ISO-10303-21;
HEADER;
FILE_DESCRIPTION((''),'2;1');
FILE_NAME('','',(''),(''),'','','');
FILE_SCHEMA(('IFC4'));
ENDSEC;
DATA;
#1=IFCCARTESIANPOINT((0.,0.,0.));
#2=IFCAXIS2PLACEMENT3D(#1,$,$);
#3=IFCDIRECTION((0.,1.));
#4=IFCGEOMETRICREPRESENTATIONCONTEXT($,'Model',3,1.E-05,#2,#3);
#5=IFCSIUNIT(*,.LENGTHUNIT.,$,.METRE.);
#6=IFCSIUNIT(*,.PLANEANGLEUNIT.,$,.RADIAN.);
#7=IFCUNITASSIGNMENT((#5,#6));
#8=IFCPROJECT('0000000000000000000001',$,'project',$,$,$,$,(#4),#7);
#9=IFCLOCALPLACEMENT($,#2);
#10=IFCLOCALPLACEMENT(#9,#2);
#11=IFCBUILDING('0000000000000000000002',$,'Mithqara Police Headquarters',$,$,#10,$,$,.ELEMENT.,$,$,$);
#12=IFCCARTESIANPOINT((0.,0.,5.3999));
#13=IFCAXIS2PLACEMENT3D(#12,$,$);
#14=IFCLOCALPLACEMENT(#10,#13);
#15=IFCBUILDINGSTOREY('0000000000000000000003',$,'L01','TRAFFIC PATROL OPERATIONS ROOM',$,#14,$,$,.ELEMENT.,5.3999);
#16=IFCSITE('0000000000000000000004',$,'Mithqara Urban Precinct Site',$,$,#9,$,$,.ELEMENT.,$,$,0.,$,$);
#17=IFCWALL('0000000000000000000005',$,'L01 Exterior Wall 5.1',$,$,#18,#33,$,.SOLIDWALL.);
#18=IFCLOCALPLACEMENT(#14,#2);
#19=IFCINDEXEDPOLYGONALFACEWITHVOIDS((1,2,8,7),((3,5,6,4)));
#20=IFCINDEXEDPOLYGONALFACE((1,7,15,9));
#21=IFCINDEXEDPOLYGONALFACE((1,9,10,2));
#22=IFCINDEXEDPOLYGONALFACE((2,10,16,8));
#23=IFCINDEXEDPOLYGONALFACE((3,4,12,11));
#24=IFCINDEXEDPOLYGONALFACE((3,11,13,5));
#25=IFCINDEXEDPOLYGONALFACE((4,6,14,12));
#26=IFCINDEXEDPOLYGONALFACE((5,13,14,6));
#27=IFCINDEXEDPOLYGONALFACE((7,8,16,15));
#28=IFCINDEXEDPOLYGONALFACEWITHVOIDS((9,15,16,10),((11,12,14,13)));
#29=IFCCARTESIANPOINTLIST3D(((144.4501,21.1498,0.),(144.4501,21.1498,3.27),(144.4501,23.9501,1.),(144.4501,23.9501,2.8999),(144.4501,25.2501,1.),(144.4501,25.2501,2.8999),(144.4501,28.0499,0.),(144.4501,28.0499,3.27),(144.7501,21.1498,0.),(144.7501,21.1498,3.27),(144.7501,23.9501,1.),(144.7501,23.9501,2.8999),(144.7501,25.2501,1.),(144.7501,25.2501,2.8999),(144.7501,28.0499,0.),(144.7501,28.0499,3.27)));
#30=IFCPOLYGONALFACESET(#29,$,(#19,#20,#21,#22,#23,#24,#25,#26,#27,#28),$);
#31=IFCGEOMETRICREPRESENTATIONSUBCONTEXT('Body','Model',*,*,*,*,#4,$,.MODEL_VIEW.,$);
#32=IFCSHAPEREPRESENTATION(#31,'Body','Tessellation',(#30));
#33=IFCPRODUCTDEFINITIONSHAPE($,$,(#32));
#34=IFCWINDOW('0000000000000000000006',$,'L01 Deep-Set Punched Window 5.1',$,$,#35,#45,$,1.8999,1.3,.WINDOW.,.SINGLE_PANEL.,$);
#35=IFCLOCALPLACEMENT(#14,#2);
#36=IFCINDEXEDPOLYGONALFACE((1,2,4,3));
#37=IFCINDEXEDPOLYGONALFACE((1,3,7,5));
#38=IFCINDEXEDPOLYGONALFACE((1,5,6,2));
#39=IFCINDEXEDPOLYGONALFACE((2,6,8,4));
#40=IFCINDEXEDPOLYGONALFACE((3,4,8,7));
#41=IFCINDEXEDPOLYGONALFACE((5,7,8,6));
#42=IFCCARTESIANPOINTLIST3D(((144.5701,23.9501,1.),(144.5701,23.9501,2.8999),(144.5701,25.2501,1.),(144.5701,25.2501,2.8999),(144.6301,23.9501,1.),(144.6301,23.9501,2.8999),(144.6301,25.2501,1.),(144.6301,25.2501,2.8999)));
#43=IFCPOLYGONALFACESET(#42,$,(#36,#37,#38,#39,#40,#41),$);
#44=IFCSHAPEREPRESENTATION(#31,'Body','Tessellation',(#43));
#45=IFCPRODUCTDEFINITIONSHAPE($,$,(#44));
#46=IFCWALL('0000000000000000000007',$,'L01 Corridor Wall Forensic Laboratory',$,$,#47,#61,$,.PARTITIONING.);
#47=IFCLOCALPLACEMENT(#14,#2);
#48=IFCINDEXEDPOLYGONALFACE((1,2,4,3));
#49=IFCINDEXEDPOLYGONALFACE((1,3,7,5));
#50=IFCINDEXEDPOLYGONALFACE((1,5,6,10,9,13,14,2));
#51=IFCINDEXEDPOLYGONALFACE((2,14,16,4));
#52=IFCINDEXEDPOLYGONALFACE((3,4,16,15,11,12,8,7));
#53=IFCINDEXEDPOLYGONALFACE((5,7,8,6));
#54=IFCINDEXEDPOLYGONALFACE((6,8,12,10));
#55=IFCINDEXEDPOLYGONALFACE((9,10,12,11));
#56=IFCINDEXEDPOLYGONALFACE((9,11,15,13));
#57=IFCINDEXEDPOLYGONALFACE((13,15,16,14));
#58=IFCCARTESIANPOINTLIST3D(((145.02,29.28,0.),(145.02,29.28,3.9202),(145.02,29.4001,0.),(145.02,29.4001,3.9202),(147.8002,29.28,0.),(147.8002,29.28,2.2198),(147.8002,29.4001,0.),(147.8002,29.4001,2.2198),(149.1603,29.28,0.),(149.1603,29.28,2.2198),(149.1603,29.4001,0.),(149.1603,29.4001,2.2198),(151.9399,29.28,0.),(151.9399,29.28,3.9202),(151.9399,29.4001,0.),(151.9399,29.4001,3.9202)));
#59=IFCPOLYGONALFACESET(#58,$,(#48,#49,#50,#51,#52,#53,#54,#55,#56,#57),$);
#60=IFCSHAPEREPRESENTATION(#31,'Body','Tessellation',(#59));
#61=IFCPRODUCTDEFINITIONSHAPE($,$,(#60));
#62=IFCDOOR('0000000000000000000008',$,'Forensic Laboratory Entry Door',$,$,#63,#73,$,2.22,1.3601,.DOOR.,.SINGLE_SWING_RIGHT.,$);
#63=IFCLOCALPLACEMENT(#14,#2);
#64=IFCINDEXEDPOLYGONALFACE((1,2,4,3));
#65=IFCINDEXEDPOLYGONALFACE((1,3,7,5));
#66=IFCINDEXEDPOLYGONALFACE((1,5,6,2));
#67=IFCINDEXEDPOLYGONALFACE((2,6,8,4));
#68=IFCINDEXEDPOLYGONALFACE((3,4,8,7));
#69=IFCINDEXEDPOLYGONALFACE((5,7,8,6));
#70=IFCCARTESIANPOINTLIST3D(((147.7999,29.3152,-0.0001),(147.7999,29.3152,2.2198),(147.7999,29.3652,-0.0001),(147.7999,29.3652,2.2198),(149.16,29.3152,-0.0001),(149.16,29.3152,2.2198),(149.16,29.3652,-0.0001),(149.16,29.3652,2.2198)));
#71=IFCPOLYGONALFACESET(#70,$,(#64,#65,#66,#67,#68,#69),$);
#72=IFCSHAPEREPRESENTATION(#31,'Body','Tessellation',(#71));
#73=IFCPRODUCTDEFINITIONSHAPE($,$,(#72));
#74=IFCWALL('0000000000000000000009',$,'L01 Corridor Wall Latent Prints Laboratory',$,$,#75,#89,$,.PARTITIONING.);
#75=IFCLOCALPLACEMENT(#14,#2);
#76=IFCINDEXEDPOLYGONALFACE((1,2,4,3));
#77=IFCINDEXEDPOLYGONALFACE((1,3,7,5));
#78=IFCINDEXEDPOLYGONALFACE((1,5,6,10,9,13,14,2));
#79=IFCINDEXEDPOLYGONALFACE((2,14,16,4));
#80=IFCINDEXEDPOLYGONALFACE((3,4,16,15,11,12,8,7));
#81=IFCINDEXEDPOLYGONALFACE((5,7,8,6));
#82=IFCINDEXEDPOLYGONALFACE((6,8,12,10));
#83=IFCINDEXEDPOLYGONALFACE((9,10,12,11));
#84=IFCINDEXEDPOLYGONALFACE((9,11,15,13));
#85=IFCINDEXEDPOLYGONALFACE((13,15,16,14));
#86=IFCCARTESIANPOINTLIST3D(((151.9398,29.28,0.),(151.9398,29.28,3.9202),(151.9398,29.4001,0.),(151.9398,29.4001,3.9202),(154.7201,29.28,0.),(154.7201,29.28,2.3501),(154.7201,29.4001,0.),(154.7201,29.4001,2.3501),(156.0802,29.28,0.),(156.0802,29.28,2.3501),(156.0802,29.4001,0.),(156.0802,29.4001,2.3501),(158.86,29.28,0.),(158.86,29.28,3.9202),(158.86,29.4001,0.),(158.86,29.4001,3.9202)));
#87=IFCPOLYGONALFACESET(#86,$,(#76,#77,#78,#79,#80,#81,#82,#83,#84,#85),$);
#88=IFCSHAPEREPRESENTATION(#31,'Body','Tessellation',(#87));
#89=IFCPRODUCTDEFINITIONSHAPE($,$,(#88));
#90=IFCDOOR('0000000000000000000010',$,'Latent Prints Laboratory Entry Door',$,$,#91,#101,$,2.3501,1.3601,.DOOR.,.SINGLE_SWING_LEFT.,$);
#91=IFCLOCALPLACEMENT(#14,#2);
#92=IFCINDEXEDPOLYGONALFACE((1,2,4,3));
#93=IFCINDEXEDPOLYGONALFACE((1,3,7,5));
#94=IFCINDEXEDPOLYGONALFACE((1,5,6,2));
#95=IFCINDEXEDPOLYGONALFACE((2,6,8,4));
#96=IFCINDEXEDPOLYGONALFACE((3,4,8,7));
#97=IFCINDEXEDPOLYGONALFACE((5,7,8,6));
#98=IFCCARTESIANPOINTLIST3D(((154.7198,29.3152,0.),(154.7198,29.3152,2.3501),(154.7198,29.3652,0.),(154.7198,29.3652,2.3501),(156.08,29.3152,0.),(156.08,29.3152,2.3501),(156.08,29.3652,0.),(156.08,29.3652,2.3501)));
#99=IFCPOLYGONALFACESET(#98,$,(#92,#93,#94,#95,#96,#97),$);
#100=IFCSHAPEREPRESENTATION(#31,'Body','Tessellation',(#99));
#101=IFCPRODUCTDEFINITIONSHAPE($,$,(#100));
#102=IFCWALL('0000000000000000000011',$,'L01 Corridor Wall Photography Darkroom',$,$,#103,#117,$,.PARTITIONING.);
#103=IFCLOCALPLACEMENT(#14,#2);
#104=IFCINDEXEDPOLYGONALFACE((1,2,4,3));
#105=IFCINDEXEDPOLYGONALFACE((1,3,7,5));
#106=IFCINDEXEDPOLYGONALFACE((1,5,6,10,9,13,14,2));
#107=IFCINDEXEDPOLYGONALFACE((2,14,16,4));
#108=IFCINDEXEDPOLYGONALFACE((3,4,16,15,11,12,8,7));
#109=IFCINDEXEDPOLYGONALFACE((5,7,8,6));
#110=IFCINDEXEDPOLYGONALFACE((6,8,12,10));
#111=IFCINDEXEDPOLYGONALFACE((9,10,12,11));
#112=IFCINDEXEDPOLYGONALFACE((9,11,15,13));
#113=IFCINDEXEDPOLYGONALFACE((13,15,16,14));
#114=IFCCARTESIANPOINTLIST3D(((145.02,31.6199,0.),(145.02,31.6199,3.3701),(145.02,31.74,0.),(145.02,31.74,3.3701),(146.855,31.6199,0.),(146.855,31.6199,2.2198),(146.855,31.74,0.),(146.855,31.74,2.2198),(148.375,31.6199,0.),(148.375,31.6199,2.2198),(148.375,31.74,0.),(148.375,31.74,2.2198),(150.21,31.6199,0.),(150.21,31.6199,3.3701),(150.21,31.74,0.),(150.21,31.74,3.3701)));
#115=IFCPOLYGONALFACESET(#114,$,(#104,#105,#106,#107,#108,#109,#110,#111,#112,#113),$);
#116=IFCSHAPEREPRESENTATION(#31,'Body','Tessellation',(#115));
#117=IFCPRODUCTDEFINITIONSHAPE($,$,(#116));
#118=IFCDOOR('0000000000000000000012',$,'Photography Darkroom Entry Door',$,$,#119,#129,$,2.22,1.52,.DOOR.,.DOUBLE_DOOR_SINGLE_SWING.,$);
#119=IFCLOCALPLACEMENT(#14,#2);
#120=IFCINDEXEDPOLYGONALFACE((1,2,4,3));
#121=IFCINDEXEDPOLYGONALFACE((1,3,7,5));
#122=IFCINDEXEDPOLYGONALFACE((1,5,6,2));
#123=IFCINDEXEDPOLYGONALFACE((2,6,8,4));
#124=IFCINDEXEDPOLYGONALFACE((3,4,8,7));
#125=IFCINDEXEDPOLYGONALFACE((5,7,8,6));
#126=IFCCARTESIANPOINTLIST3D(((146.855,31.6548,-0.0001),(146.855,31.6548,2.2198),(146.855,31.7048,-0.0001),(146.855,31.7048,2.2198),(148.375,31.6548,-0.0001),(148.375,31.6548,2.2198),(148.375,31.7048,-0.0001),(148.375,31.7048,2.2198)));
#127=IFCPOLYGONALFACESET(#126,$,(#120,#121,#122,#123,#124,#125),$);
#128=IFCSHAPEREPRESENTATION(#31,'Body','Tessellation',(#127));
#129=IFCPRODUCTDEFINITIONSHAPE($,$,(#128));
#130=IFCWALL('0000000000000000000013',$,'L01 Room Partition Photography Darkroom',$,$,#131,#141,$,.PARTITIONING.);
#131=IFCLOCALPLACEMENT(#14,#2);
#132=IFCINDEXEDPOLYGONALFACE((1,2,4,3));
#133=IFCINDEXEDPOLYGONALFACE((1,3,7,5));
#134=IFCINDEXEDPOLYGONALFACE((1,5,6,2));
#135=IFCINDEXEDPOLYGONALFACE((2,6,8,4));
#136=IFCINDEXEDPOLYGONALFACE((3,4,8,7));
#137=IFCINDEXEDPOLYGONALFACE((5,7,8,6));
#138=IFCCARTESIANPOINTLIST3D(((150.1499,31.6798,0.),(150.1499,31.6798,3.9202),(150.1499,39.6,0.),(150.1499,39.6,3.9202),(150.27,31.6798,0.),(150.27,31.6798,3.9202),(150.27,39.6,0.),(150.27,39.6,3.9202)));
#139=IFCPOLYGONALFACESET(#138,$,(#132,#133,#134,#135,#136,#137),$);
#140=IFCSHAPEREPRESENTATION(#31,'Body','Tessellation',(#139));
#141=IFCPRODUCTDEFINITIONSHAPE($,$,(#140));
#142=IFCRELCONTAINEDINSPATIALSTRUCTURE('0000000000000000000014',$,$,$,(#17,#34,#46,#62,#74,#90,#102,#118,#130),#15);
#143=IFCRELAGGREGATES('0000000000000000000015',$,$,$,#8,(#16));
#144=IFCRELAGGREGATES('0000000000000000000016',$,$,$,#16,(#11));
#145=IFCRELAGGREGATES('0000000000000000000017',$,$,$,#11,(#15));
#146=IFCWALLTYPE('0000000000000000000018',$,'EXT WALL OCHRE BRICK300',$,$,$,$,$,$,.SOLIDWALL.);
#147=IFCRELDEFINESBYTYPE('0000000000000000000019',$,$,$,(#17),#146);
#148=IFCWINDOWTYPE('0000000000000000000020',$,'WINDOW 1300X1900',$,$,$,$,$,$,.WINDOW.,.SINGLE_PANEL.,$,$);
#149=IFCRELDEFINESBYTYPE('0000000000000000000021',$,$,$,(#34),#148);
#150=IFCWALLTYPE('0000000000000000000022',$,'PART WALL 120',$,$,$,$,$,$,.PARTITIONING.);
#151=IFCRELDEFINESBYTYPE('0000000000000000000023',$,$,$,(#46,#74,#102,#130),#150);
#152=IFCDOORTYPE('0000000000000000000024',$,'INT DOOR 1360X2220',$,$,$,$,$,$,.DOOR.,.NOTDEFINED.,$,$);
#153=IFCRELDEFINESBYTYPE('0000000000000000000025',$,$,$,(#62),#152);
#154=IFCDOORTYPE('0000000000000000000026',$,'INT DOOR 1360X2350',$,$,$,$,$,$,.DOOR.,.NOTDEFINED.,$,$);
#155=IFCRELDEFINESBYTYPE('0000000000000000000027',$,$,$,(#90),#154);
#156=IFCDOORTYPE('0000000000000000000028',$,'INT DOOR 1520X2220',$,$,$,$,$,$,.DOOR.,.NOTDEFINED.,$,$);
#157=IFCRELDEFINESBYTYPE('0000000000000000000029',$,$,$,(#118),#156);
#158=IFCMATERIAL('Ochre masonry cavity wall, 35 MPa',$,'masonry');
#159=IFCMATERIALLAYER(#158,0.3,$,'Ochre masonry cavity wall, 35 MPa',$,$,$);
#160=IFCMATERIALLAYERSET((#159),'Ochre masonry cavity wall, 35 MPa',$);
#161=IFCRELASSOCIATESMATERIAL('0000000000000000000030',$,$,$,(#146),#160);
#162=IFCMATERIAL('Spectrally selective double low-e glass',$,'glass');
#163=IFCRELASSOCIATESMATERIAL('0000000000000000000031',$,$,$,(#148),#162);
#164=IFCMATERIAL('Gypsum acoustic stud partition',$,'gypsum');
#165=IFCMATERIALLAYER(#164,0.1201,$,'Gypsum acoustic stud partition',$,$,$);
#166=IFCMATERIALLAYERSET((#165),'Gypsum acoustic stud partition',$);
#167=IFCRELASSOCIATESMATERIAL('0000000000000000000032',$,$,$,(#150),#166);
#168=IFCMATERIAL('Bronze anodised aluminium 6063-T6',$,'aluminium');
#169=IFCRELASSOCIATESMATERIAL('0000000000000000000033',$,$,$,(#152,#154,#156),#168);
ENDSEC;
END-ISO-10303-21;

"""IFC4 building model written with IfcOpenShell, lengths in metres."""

from ifc_helpers import new_model, si_unit, direction, frame, frame_2d, origin, place, context, subcontext, project, spatial, rectangle, extrude, material, layer, layer_set, type_object, element, fill, save


model = new_model("IFC4")

# Units and contexts
model_context = context("Model", 3, precision=1e-05, world=origin(), true_north=direction((0.0, 1.0)))
body_context = subcontext(model_context, "Body", "Model", "MODEL_VIEW")
ifc_project = project(units=[si_unit("LENGTHUNIT", "METRE"), si_unit("PLANEANGLEUNIT", "RADIAN")], contexts=[model_context])

# Site, building, storey
site_placement = place(None, origin())
site = spatial("IfcSite", under=ifc_project, at=site_placement, Name="Mithqara Urban Precinct Site", CompositionType="ELEMENT", RefElevation=0.0)
building_placement = place(site_placement, origin())
building = spatial("IfcBuilding", under=site, at=building_placement, Name="Mithqara Police Headquarters", CompositionType="ELEMENT")
storey_placement = place(building_placement, frame((0.0, 0.0, 5.3999)))
storey = spatial("IfcBuildingStorey", under=building, at=storey_placement, Name="L01", Description="TRAFFIC PATROL OPERATIONS ROOM", CompositionType="ELEMENT", Elevation=5.3999)

# Wall, opening, window
ifc_material_1 = material(Name="Ochre masonry cavity wall, 35 MPa", Category="masonry")
ifc_layer_1 = layer(ifc_material_1, 0.3, Name="Ochre masonry cavity wall, 35 MPa")
ifc_layer_set_1 = layer_set([ifc_layer_1], Name="Ochre masonry cavity wall, 35 MPa")
wall_type_1 = type_object("IfcWallType", Name="EXT WALL OCHRE BRICK300", PredefinedType="SOLIDWALL", material=ifc_layer_set_1)
wall_1_placement = place(storey_placement, frame((144.6001, 28.05, 0.0), z_axis=(0.0, 0.0, 1.0), x_axis=(0.0, -1.0, 0.0)))
wall_1 = element("IfcWall", 1, at=wall_1_placement, inside=storey, type_object=wall_type_1, Name="L01 Exterior Wall 5.1", PredefinedType="SOLIDWALL", context=body_context, shape_type="SweptSolid", body=[
    extrude(rectangle(XDim=6.9001, YDim=0.3, at=frame_2d((3.4502, 0.0))), origin(), (0.0, 0.0, 1.0), 3.27),
])
opening_1_placement = place(wall_1_placement, frame((2.8, 0.0, 1.0)))
opening_1 = element("IfcOpeningElement", 2, at=opening_1_placement, cuts=wall_1, PredefinedType="OPENING", context=body_context, shape_type="SweptSolid", body=[
    extrude(rectangle(XDim=1.3, YDim=1.8999, at=frame_2d((0.6499, 0.95))), frame((0.0, 0.1602, 0.0), z_axis=(0.0, -1.0, 0.0), x_axis=(1.0, 0.0, 0.0)), (0.0, 0.0, 1.0), 0.3201),
])
ifc_material_2 = material(Name="Spectrally selective double low-e glass", Category="glass")
window_type = type_object("IfcWindowType", Name="WINDOW 1300X1900", PartitioningType="SINGLE_PANEL", PredefinedType="WINDOW", material=ifc_material_2)
window_placement = place(opening_1_placement, origin())
window = element("IfcWindow", 3, at=window_placement, inside=storey, type_object=window_type, Name="L01 Deep-Set Punched Window 5.1", OverallHeight=1.8999, OverallWidth=1.3, PartitioningType="SINGLE_PANEL", PredefinedType="WINDOW", context=body_context, shape_type="SweptSolid", body=[
    extrude(rectangle(XDim=1.3, YDim=1.8999, at=frame_2d((0.6499, 0.95))), frame((0.0, 0.03, 0.0), z_axis=(0.0, -1.0, 0.0), x_axis=(1.0, 0.0, 0.0)), (0.0, 0.0, 1.0), 0.0601),
])
fill(opening_1, window)

# Walls, openings, doors
ifc_material_3 = material(Name="Gypsum acoustic stud partition", Category="gypsum")
ifc_layer_2 = layer(ifc_material_3, 0.1201, Name="Gypsum acoustic stud partition")
ifc_layer_set_2 = layer_set([ifc_layer_2], Name="Gypsum acoustic stud partition")
wall_type_2 = type_object("IfcWallType", Name="PART WALL 120", PredefinedType="PARTITIONING", material=ifc_layer_set_2)
wall_2_placement = place(storey_placement, frame((145.02, 29.3401, 0.0), z_axis=(0.0, 0.0, 1.0), x_axis=(1.0, 0.0, 0.0)))
wall_2 = element("IfcWall", 4, at=wall_2_placement, inside=storey, type_object=wall_type_2, Name="L01 Corridor Wall Forensic Laboratory", PredefinedType="PARTITIONING", context=body_context, shape_type="SweptSolid", body=[
    extrude(rectangle(XDim=6.9199, YDim=0.1201, at=frame_2d((3.46, 0.0))), origin(), (0.0, 0.0, 1.0), 3.9202),
])
opening_2_placement = place(wall_2_placement, frame((2.78, 0.0, 0.0)))
opening_2 = element("IfcOpeningElement", 5, at=opening_2_placement, cuts=wall_2, PredefinedType="OPENING", context=body_context, shape_type="SweptSolid", body=[
    extrude(rectangle(XDim=1.3601, YDim=2.22, at=frame_2d((0.6802, 1.1099))), frame((0.0, 0.0701, 0.0), z_axis=(0.0, -1.0, 0.0), x_axis=(1.0, 0.0, 0.0)), (0.0, 0.0, 1.0), 0.1401),
])
ifc_material_4 = material(Name="Bronze anodised aluminium 6063-T6", Category="aluminium")
door_type_1 = type_object("IfcDoorType", Name="INT DOOR 1360X2220", OperationType="NOTDEFINED", PredefinedType="DOOR", material=ifc_material_4)
door_1_placement = place(opening_2_placement, frame((1.3601, 0.0, 0.0), z_axis=(0.0, 0.0, 1.0), x_axis=(-1.0, 0.0, 0.0)))
door_1 = element("IfcDoor", 6, at=door_1_placement, inside=storey, type_object=door_type_1, Name="Forensic Laboratory Entry Door", OperationType="SINGLE_SWING_RIGHT", OverallHeight=2.22, OverallWidth=1.3601, PredefinedType="DOOR", context=body_context, shape_type="SweptSolid", body=[
    extrude(rectangle(XDim=1.3601, YDim=2.22, at=frame_2d((0.6802, 1.1099))), frame((0.0, 0.0249, 0.0), z_axis=(0.0, -1.0, 0.0), x_axis=(1.0, 0.0, 0.0)), (0.0, 0.0, 1.0), 0.05),
])
fill(opening_2, door_1)
wall_3_placement = place(storey_placement, frame((151.9399, 29.3401, 0.0), z_axis=(0.0, 0.0, 1.0), x_axis=(1.0, 0.0, 0.0)))
wall_3 = element("IfcWall", 7, at=wall_3_placement, inside=storey, type_object=wall_type_2, Name="L01 Corridor Wall Latent Prints Laboratory", PredefinedType="PARTITIONING", context=body_context, shape_type="SweptSolid", body=[
    extrude(rectangle(XDim=6.9202, YDim=0.1201, at=frame_2d((3.46, 0.0))), origin(), (0.0, 0.0, 1.0), 3.9202),
])
opening_3_placement = place(wall_3_placement, frame((2.78, 0.0, 0.0)))
opening_3 = element("IfcOpeningElement", 8, at=opening_3_placement, cuts=wall_3, PredefinedType="OPENING", context=body_context, shape_type="SweptSolid", body=[
    extrude(rectangle(XDim=1.3601, YDim=2.3501, at=frame_2d((0.6802, 1.175))), frame((0.0, 0.0701, 0.0), z_axis=(0.0, -1.0, 0.0), x_axis=(1.0, 0.0, 0.0)), (0.0, 0.0, 1.0), 0.1401),
])
door_type_2 = type_object("IfcDoorType", Name="INT DOOR 1360X2350", OperationType="NOTDEFINED", PredefinedType="DOOR", material=ifc_material_4)
door_2_placement = place(opening_3_placement, frame((1.3601, 0.0, 0.0), z_axis=(0.0, 0.0, 1.0), x_axis=(-1.0, 0.0, 0.0)))
door_2 = element("IfcDoor", 9, at=door_2_placement, inside=storey, type_object=door_type_2, Name="Latent Prints Laboratory Entry Door", OperationType="SINGLE_SWING_LEFT", OverallHeight=2.3501, OverallWidth=1.3601, PredefinedType="DOOR", context=body_context, shape_type="SweptSolid", body=[
    extrude(rectangle(XDim=1.3601, YDim=2.3501, at=frame_2d((0.6802, 1.175))), frame((0.0, 0.0249, 0.0), z_axis=(0.0, -1.0, 0.0), x_axis=(1.0, 0.0, 0.0)), (0.0, 0.0, 1.0), 0.05),
])
fill(opening_3, door_2)
wall_4_placement = place(storey_placement, frame((145.02, 31.6799, 0.0), z_axis=(0.0, 0.0, 1.0), x_axis=(1.0, 0.0, 0.0)))
wall_4 = element("IfcWall", 10, at=wall_4_placement, inside=storey, type_object=wall_type_2, Name="L01 Corridor Wall Photography Darkroom", PredefinedType="PARTITIONING", context=body_context, shape_type="SweptSolid", body=[
    extrude(rectangle(XDim=5.1899, YDim=0.1201, at=frame_2d((2.595, 0.0))), origin(), (0.0, 0.0, 1.0), 3.3701),
])
opening_4_placement = place(wall_4_placement, frame((1.835, 0.0, 0.0)))
opening_4 = element("IfcOpeningElement", 11, at=opening_4_placement, cuts=wall_4, PredefinedType="OPENING", context=body_context, shape_type="SweptSolid", body=[
    extrude(rectangle(XDim=1.52, YDim=2.22, at=frame_2d((0.76, 1.1099))), frame((0.0, 0.0701, 0.0), z_axis=(0.0, -1.0, 0.0), x_axis=(1.0, 0.0, 0.0)), (0.0, 0.0, 1.0), 0.1401),
])
door_type_3 = type_object("IfcDoorType", Name="INT DOOR 1520X2220", OperationType="NOTDEFINED", PredefinedType="DOOR", material=ifc_material_4)
door_3_placement = place(opening_4_placement, origin())
door_3 = element("IfcDoor", 12, at=door_3_placement, inside=storey, type_object=door_type_3, Name="Photography Darkroom Entry Door", OperationType="DOUBLE_DOOR_SINGLE_SWING", OverallHeight=2.22, OverallWidth=1.52, PredefinedType="DOOR", context=body_context, shape_type="SweptSolid", body=[
    extrude(rectangle(XDim=1.52, YDim=2.22, at=frame_2d((0.76, 1.1099))), frame((0.0, 0.0249, 0.0), z_axis=(0.0, -1.0, 0.0), x_axis=(1.0, 0.0, 0.0)), (0.0, 0.0, 1.0), 0.05),
])
fill(opening_4, door_3)

# Wall
wall_5_placement = place(storey_placement, frame((150.21, 31.6799, 0.0), z_axis=(0.0, 0.0, 1.0), x_axis=(0.0, 1.0, 0.0)))
element("IfcWall", 13, at=wall_5_placement, inside=storey, type_object=wall_type_2, Name="L01 Room Partition Photography Darkroom", PredefinedType="PARTITIONING", context=body_context, shape_type="SweptSolid", body=[
    extrude(rectangle(XDim=7.9202, YDim=0.1201, at=frame_2d((3.96, 0.0))), origin(), (0.0, 0.0, 1.0), 3.9202),
])

save(model, "model.ifc")
